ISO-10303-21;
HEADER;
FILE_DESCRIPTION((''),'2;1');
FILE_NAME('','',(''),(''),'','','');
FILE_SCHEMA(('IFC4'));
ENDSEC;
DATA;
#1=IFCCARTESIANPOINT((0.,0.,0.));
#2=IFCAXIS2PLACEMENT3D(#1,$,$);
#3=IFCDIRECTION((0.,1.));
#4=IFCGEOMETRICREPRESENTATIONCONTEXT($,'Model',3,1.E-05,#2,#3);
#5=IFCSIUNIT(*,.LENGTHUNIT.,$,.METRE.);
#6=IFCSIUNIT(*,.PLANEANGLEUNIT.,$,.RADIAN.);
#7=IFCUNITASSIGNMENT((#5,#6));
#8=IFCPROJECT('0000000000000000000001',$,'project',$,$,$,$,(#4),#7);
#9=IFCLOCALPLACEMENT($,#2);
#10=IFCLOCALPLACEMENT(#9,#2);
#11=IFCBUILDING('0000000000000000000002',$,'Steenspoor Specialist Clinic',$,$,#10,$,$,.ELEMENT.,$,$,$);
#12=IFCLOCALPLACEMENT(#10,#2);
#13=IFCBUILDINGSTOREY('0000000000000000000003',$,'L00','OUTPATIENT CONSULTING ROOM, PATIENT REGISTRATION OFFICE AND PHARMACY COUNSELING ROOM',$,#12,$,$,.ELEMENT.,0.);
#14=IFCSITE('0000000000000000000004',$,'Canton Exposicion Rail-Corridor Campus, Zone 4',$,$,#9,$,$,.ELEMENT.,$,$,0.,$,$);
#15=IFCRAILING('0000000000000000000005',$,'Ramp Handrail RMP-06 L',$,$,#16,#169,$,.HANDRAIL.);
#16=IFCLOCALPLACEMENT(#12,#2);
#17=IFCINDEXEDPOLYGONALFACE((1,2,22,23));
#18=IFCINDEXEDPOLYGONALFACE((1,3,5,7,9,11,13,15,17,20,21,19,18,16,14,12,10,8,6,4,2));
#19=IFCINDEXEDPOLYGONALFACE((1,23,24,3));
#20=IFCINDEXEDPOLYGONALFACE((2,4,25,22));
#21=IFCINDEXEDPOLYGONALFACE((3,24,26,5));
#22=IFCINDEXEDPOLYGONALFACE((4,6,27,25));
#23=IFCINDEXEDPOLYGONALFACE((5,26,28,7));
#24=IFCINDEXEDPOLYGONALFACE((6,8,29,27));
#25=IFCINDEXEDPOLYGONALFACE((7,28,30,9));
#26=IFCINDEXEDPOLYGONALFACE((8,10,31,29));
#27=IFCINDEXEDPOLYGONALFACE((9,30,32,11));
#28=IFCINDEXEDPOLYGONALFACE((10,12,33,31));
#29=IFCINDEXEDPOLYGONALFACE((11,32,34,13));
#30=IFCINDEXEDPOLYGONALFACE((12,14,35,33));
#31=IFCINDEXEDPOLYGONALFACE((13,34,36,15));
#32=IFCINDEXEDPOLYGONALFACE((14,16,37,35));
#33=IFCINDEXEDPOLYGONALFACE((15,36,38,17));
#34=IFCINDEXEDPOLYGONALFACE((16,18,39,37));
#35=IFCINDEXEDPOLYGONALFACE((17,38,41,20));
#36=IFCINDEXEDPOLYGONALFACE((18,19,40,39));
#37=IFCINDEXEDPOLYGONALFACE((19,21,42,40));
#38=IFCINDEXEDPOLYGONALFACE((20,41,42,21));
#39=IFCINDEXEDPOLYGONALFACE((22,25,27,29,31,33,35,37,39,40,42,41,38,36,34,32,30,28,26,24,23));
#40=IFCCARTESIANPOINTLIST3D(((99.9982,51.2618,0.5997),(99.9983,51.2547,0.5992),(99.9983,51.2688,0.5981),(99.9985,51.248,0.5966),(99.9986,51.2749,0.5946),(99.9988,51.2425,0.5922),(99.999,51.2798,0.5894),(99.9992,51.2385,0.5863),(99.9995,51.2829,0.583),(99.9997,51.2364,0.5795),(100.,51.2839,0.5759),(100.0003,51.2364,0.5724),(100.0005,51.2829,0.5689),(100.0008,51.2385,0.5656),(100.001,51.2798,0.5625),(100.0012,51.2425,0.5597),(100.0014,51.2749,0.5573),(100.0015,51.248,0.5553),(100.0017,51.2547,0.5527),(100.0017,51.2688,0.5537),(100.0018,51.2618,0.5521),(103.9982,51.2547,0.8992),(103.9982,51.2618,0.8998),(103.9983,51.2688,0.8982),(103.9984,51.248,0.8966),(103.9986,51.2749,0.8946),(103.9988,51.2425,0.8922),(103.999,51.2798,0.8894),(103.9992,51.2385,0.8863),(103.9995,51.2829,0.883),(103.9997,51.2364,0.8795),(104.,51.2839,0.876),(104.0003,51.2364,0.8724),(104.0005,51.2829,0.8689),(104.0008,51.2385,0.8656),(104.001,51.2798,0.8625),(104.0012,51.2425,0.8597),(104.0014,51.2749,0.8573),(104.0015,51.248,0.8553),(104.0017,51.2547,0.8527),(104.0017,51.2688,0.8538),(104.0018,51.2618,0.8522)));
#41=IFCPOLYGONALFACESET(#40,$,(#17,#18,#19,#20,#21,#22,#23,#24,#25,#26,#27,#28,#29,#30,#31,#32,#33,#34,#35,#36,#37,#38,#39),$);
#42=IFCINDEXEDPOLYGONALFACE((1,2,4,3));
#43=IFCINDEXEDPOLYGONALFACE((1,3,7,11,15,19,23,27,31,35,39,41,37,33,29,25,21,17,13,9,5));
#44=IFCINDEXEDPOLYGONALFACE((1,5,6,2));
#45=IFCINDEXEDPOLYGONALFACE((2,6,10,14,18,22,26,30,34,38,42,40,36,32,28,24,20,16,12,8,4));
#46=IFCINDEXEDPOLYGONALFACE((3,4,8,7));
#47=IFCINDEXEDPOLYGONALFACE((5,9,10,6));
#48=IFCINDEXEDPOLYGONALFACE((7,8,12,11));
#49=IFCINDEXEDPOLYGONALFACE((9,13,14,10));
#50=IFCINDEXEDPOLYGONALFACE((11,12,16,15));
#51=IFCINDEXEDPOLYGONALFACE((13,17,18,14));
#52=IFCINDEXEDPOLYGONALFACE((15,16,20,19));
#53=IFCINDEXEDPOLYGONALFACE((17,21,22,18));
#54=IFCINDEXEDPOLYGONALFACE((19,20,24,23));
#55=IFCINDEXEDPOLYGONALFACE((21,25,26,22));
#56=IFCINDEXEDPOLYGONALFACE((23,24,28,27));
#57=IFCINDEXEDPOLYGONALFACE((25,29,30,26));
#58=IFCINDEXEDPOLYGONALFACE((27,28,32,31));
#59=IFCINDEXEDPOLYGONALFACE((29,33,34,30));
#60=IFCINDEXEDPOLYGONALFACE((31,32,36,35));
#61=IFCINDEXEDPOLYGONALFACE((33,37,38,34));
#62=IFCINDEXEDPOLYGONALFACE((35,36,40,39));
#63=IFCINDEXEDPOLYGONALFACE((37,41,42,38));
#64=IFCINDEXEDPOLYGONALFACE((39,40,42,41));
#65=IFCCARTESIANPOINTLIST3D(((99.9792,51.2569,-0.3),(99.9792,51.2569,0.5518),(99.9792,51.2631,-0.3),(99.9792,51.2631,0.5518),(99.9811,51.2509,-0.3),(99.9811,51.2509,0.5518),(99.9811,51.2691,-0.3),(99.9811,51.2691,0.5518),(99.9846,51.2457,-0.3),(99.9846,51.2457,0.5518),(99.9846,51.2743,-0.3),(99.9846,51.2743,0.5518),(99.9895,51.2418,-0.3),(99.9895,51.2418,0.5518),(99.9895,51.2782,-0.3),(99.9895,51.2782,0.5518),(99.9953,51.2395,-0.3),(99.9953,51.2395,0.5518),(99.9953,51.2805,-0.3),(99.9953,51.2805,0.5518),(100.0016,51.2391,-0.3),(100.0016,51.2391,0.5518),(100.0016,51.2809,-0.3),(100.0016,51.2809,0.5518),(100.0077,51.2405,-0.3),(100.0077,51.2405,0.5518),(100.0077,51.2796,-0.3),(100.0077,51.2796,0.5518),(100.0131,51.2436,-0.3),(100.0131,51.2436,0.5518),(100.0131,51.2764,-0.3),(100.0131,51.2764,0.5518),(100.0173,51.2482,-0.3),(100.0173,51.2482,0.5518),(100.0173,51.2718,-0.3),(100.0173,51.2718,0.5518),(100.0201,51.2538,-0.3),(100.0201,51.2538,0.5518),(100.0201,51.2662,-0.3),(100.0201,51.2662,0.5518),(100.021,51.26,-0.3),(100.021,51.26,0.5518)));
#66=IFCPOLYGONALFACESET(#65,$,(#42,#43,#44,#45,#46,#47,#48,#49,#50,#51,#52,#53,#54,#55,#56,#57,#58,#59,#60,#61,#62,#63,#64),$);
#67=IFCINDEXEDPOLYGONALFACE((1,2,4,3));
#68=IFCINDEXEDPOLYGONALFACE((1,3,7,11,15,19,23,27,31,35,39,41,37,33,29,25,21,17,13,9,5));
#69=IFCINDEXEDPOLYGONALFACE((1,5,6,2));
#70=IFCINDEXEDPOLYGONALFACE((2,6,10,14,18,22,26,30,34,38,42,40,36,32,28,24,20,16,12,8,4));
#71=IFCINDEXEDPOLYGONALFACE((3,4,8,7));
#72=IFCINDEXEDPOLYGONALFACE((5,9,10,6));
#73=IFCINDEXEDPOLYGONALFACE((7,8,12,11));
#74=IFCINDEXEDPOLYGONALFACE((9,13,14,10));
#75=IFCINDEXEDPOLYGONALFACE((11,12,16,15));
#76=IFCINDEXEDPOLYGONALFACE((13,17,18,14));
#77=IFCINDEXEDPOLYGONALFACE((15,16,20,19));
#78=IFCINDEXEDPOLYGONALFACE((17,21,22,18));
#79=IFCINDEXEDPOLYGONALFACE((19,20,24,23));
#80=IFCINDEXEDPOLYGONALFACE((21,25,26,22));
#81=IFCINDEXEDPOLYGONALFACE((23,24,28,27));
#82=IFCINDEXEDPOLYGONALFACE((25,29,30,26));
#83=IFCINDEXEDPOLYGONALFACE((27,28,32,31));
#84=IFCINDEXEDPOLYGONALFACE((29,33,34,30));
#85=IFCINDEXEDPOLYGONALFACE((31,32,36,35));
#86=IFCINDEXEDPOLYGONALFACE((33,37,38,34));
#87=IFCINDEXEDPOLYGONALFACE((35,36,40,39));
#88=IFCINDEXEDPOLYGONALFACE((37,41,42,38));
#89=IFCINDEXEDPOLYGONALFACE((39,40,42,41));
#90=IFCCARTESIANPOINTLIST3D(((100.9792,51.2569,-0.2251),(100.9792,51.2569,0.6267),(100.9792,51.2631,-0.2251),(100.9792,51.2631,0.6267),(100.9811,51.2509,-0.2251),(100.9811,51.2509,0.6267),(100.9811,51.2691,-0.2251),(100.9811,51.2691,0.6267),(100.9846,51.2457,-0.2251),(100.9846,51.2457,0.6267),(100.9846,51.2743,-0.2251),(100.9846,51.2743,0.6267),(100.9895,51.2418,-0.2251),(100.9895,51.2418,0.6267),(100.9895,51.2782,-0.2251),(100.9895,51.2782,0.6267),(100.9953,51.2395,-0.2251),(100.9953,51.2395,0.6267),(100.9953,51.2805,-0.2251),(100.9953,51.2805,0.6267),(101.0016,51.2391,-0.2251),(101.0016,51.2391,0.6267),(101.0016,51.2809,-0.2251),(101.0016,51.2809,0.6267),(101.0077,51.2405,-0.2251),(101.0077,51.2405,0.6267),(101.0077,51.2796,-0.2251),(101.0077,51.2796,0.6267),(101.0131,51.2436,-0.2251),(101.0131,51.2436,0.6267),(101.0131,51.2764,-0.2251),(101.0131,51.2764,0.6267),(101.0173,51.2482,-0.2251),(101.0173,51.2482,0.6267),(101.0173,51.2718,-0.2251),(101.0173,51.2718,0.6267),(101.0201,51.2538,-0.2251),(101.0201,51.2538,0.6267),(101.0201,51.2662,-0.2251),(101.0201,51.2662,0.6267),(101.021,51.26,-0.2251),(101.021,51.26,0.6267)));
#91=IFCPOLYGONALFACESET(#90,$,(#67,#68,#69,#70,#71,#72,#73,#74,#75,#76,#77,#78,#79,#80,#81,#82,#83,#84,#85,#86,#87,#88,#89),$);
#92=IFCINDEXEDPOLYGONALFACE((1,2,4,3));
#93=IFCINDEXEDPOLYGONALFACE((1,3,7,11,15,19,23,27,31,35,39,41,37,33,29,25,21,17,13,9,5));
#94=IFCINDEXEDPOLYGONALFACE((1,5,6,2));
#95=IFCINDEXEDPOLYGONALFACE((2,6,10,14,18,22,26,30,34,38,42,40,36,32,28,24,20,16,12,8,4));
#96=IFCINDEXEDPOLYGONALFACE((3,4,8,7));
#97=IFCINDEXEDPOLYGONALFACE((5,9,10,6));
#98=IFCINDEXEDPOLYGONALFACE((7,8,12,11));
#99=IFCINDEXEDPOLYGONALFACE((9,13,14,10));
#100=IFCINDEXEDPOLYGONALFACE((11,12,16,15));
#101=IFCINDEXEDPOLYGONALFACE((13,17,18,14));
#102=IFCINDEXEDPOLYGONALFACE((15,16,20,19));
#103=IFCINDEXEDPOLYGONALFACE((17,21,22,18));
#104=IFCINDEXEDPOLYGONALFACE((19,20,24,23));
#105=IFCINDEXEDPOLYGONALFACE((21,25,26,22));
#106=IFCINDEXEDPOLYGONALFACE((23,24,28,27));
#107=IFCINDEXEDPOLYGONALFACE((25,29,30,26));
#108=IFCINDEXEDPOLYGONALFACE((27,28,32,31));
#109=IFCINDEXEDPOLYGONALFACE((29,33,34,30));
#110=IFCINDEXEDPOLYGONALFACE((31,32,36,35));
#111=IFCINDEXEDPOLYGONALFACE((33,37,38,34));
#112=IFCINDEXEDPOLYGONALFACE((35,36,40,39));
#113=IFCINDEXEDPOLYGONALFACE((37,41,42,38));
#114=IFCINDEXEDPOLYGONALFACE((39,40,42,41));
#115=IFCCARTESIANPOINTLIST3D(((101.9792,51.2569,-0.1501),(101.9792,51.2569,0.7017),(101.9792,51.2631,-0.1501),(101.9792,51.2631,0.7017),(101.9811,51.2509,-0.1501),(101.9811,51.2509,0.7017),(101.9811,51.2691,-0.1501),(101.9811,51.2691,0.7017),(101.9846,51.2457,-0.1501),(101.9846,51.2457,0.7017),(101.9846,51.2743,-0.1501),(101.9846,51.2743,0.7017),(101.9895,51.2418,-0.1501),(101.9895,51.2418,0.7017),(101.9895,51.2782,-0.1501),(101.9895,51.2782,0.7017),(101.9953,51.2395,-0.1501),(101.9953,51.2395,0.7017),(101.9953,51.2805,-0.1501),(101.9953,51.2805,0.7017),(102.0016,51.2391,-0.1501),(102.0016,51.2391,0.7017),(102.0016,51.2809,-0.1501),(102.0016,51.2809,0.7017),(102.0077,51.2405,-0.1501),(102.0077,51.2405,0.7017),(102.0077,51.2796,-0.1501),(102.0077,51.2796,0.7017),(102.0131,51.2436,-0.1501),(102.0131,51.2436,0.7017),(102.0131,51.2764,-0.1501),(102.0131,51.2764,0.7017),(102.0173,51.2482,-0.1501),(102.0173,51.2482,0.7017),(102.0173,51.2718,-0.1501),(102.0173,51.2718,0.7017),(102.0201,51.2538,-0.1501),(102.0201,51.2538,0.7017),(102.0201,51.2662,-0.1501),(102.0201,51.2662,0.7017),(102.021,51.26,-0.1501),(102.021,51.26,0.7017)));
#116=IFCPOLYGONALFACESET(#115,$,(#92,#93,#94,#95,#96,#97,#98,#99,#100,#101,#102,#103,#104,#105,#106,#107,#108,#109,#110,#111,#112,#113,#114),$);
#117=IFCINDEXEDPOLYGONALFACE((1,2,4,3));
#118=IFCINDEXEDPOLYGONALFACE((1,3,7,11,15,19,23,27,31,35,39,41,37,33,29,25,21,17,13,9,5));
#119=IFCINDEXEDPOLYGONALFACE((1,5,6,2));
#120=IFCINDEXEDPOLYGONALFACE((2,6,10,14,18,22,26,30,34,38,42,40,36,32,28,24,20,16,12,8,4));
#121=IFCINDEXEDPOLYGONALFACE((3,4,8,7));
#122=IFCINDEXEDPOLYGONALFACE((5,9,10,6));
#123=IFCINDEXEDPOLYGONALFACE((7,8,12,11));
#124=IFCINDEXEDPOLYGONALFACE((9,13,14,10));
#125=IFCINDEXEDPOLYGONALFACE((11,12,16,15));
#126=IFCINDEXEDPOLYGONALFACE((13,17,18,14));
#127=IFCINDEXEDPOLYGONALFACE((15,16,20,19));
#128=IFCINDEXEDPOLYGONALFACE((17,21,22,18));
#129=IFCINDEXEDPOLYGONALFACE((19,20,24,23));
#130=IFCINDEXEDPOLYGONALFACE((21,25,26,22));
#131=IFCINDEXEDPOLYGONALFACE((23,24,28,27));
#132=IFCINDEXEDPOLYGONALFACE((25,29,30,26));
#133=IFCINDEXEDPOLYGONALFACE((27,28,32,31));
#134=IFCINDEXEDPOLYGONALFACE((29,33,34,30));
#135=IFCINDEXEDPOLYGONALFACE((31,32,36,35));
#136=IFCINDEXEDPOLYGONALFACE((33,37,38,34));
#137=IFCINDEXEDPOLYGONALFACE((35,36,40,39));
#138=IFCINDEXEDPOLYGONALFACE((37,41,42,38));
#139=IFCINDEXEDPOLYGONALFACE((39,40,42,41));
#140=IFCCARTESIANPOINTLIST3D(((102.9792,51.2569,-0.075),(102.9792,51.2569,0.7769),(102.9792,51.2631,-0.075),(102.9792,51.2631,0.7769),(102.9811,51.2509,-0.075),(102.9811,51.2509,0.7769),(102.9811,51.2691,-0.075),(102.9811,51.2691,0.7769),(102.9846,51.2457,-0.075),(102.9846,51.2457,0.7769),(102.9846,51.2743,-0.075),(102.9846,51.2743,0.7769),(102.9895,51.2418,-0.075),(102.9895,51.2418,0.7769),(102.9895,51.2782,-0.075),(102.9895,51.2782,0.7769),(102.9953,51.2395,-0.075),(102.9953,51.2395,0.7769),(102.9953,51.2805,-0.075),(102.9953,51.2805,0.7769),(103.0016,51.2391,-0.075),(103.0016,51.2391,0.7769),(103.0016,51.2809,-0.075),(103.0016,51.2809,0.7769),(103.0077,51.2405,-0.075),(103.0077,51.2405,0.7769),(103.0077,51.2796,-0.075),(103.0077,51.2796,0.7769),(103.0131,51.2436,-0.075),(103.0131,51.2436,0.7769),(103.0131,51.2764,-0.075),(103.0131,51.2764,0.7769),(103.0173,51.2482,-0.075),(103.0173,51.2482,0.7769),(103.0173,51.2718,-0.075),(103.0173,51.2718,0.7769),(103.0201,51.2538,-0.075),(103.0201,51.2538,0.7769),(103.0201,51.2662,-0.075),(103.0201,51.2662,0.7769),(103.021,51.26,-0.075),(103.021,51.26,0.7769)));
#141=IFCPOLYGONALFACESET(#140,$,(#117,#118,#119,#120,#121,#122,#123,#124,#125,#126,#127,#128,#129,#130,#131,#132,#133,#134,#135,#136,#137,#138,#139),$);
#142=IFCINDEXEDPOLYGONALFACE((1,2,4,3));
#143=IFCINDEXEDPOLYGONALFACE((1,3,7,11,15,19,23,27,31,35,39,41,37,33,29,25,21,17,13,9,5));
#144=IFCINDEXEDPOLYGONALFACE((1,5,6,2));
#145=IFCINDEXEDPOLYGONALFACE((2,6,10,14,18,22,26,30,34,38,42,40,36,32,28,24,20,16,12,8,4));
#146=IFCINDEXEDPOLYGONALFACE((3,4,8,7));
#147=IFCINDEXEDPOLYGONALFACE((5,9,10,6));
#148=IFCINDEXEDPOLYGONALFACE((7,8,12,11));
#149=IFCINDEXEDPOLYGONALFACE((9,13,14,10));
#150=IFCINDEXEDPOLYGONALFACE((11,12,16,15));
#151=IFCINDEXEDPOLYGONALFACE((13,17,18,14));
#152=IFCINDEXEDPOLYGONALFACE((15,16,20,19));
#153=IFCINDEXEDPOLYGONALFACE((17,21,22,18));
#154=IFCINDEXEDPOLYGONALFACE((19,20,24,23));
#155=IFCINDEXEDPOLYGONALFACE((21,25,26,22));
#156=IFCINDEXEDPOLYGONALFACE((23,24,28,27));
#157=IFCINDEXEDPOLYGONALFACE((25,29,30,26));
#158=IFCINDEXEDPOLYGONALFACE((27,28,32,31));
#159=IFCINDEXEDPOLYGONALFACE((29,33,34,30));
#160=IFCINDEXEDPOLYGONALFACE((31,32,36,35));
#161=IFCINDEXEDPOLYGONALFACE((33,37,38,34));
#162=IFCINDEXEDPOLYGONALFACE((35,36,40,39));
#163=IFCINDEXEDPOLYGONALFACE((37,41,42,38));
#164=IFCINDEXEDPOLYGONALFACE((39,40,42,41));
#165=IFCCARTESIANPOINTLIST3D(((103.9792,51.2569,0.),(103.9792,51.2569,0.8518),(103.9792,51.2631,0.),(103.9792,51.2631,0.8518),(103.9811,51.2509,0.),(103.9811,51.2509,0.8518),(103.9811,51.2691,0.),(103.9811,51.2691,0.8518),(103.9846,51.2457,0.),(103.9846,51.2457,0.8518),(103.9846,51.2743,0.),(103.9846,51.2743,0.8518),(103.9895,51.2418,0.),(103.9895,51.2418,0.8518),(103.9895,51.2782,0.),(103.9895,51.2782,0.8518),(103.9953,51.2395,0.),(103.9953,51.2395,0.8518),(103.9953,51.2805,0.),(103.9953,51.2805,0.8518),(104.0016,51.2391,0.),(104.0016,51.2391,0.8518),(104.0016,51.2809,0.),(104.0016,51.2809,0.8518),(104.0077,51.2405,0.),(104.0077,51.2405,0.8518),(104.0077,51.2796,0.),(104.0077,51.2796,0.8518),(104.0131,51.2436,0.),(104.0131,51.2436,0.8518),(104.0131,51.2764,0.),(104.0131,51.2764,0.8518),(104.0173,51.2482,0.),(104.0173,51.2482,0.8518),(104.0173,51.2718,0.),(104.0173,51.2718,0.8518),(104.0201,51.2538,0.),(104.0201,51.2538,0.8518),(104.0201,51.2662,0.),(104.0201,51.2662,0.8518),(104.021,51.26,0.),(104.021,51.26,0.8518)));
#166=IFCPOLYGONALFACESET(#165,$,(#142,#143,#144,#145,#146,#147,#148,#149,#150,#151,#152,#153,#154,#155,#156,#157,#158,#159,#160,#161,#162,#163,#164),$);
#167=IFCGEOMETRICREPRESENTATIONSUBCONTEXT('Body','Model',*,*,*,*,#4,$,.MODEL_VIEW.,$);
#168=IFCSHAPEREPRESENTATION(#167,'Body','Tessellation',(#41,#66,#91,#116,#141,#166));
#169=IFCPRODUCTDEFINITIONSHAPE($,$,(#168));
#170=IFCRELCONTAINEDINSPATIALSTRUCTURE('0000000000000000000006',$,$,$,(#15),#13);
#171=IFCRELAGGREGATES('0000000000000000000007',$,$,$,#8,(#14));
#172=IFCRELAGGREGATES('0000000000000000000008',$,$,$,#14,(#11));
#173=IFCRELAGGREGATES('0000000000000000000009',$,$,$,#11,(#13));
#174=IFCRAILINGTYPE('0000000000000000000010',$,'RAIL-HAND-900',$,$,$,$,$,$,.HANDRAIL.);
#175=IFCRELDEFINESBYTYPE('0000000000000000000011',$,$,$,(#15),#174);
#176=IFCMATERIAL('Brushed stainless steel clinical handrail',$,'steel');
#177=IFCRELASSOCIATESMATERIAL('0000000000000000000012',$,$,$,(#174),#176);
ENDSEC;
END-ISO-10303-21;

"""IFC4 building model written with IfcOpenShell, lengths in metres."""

from ifc_helpers import new_model, si_unit, direction, frame, origin, origin_2d, place, context, subcontext, project, spatial, circle, extrude, material, type_object, element, save


model = new_model("IFC4")

# Units and contexts
model_context = context("Model", 3, precision=1e-05, world=origin(), true_north=direction((0.0, 1.0)))
body_context = subcontext(model_context, "Body", "Model", "MODEL_VIEW")
ifc_project = project(units=[si_unit("LENGTHUNIT", "METRE"), si_unit("PLANEANGLEUNIT", "RADIAN")], contexts=[model_context])

# Site, building, storey
site_placement = place(None, origin())
site = spatial("IfcSite", under=ifc_project, at=site_placement, Name="Canton Exposicion Rail-Corridor Campus, Zone 4", CompositionType="ELEMENT", RefElevation=0.0)
building_placement = place(site_placement, origin())
building = spatial("IfcBuilding", under=site, at=building_placement, Name="Steenspoor Specialist Clinic", CompositionType="ELEMENT")
storey_placement = place(building_placement, origin())
storey = spatial("IfcBuildingStorey", under=building, at=storey_placement, Name="L00", Description="OUTPATIENT CONSULTING ROOM, PATIENT REGISTRATION OFFICE AND PHARMACY COUNSELING ROOM", CompositionType="ELEMENT", Elevation=0.0)

# Railing
ifc_material_1 = material(Name="Brushed stainless steel clinical handrail", Category="steel")
railing_type = type_object("IfcRailingType", Name="RAIL-HAND-900", PredefinedType="HANDRAIL", material=ifc_material_1)
for number, where, name in (
    (1, (100.0, 51.26, -0.3), "Ramp Handrail RMP-06 L"),
):
    element("IfcRailing", number, at=place(storey_placement, frame(where)), inside=storey, type_object=railing_type, Name=name, PredefinedType="HANDRAIL", context=body_context, shape_type="SweptSolid", body=[
        extrude(circle(Radius=0.0239, at=origin_2d()), frame((0.0, 0.0, 0.876), z_axis=(0.997198, 0.0, 0.074802), x_axis=(0.0, 1.0, 0.0)), (0.0, 0.0, 1.0), 4.0112),
        extrude(circle(Radius=0.021, at=origin_2d()), origin(), (0.0, 0.0, 1.0), 0.8518),
        extrude(circle(Radius=0.021, at=origin_2d()), frame((1.0, 0.0, 0.075)), (0.0, 0.0, 1.0), 0.8518),
        extrude(circle(Radius=0.021, at=origin_2d()), frame((2.0, 0.0, 0.1499)), (0.0, 0.0, 1.0), 0.8518),
        extrude(circle(Radius=0.021, at=origin_2d()), frame((3.0, 0.0, 0.2251)), (0.0, 0.0, 1.0), 0.8518),
        extrude(circle(Radius=0.021, at=origin_2d()), frame((4.0, 0.0, 0.3)), (0.0, 0.0, 1.0), 0.8518),
    ])

save(model, "model.ifc")
